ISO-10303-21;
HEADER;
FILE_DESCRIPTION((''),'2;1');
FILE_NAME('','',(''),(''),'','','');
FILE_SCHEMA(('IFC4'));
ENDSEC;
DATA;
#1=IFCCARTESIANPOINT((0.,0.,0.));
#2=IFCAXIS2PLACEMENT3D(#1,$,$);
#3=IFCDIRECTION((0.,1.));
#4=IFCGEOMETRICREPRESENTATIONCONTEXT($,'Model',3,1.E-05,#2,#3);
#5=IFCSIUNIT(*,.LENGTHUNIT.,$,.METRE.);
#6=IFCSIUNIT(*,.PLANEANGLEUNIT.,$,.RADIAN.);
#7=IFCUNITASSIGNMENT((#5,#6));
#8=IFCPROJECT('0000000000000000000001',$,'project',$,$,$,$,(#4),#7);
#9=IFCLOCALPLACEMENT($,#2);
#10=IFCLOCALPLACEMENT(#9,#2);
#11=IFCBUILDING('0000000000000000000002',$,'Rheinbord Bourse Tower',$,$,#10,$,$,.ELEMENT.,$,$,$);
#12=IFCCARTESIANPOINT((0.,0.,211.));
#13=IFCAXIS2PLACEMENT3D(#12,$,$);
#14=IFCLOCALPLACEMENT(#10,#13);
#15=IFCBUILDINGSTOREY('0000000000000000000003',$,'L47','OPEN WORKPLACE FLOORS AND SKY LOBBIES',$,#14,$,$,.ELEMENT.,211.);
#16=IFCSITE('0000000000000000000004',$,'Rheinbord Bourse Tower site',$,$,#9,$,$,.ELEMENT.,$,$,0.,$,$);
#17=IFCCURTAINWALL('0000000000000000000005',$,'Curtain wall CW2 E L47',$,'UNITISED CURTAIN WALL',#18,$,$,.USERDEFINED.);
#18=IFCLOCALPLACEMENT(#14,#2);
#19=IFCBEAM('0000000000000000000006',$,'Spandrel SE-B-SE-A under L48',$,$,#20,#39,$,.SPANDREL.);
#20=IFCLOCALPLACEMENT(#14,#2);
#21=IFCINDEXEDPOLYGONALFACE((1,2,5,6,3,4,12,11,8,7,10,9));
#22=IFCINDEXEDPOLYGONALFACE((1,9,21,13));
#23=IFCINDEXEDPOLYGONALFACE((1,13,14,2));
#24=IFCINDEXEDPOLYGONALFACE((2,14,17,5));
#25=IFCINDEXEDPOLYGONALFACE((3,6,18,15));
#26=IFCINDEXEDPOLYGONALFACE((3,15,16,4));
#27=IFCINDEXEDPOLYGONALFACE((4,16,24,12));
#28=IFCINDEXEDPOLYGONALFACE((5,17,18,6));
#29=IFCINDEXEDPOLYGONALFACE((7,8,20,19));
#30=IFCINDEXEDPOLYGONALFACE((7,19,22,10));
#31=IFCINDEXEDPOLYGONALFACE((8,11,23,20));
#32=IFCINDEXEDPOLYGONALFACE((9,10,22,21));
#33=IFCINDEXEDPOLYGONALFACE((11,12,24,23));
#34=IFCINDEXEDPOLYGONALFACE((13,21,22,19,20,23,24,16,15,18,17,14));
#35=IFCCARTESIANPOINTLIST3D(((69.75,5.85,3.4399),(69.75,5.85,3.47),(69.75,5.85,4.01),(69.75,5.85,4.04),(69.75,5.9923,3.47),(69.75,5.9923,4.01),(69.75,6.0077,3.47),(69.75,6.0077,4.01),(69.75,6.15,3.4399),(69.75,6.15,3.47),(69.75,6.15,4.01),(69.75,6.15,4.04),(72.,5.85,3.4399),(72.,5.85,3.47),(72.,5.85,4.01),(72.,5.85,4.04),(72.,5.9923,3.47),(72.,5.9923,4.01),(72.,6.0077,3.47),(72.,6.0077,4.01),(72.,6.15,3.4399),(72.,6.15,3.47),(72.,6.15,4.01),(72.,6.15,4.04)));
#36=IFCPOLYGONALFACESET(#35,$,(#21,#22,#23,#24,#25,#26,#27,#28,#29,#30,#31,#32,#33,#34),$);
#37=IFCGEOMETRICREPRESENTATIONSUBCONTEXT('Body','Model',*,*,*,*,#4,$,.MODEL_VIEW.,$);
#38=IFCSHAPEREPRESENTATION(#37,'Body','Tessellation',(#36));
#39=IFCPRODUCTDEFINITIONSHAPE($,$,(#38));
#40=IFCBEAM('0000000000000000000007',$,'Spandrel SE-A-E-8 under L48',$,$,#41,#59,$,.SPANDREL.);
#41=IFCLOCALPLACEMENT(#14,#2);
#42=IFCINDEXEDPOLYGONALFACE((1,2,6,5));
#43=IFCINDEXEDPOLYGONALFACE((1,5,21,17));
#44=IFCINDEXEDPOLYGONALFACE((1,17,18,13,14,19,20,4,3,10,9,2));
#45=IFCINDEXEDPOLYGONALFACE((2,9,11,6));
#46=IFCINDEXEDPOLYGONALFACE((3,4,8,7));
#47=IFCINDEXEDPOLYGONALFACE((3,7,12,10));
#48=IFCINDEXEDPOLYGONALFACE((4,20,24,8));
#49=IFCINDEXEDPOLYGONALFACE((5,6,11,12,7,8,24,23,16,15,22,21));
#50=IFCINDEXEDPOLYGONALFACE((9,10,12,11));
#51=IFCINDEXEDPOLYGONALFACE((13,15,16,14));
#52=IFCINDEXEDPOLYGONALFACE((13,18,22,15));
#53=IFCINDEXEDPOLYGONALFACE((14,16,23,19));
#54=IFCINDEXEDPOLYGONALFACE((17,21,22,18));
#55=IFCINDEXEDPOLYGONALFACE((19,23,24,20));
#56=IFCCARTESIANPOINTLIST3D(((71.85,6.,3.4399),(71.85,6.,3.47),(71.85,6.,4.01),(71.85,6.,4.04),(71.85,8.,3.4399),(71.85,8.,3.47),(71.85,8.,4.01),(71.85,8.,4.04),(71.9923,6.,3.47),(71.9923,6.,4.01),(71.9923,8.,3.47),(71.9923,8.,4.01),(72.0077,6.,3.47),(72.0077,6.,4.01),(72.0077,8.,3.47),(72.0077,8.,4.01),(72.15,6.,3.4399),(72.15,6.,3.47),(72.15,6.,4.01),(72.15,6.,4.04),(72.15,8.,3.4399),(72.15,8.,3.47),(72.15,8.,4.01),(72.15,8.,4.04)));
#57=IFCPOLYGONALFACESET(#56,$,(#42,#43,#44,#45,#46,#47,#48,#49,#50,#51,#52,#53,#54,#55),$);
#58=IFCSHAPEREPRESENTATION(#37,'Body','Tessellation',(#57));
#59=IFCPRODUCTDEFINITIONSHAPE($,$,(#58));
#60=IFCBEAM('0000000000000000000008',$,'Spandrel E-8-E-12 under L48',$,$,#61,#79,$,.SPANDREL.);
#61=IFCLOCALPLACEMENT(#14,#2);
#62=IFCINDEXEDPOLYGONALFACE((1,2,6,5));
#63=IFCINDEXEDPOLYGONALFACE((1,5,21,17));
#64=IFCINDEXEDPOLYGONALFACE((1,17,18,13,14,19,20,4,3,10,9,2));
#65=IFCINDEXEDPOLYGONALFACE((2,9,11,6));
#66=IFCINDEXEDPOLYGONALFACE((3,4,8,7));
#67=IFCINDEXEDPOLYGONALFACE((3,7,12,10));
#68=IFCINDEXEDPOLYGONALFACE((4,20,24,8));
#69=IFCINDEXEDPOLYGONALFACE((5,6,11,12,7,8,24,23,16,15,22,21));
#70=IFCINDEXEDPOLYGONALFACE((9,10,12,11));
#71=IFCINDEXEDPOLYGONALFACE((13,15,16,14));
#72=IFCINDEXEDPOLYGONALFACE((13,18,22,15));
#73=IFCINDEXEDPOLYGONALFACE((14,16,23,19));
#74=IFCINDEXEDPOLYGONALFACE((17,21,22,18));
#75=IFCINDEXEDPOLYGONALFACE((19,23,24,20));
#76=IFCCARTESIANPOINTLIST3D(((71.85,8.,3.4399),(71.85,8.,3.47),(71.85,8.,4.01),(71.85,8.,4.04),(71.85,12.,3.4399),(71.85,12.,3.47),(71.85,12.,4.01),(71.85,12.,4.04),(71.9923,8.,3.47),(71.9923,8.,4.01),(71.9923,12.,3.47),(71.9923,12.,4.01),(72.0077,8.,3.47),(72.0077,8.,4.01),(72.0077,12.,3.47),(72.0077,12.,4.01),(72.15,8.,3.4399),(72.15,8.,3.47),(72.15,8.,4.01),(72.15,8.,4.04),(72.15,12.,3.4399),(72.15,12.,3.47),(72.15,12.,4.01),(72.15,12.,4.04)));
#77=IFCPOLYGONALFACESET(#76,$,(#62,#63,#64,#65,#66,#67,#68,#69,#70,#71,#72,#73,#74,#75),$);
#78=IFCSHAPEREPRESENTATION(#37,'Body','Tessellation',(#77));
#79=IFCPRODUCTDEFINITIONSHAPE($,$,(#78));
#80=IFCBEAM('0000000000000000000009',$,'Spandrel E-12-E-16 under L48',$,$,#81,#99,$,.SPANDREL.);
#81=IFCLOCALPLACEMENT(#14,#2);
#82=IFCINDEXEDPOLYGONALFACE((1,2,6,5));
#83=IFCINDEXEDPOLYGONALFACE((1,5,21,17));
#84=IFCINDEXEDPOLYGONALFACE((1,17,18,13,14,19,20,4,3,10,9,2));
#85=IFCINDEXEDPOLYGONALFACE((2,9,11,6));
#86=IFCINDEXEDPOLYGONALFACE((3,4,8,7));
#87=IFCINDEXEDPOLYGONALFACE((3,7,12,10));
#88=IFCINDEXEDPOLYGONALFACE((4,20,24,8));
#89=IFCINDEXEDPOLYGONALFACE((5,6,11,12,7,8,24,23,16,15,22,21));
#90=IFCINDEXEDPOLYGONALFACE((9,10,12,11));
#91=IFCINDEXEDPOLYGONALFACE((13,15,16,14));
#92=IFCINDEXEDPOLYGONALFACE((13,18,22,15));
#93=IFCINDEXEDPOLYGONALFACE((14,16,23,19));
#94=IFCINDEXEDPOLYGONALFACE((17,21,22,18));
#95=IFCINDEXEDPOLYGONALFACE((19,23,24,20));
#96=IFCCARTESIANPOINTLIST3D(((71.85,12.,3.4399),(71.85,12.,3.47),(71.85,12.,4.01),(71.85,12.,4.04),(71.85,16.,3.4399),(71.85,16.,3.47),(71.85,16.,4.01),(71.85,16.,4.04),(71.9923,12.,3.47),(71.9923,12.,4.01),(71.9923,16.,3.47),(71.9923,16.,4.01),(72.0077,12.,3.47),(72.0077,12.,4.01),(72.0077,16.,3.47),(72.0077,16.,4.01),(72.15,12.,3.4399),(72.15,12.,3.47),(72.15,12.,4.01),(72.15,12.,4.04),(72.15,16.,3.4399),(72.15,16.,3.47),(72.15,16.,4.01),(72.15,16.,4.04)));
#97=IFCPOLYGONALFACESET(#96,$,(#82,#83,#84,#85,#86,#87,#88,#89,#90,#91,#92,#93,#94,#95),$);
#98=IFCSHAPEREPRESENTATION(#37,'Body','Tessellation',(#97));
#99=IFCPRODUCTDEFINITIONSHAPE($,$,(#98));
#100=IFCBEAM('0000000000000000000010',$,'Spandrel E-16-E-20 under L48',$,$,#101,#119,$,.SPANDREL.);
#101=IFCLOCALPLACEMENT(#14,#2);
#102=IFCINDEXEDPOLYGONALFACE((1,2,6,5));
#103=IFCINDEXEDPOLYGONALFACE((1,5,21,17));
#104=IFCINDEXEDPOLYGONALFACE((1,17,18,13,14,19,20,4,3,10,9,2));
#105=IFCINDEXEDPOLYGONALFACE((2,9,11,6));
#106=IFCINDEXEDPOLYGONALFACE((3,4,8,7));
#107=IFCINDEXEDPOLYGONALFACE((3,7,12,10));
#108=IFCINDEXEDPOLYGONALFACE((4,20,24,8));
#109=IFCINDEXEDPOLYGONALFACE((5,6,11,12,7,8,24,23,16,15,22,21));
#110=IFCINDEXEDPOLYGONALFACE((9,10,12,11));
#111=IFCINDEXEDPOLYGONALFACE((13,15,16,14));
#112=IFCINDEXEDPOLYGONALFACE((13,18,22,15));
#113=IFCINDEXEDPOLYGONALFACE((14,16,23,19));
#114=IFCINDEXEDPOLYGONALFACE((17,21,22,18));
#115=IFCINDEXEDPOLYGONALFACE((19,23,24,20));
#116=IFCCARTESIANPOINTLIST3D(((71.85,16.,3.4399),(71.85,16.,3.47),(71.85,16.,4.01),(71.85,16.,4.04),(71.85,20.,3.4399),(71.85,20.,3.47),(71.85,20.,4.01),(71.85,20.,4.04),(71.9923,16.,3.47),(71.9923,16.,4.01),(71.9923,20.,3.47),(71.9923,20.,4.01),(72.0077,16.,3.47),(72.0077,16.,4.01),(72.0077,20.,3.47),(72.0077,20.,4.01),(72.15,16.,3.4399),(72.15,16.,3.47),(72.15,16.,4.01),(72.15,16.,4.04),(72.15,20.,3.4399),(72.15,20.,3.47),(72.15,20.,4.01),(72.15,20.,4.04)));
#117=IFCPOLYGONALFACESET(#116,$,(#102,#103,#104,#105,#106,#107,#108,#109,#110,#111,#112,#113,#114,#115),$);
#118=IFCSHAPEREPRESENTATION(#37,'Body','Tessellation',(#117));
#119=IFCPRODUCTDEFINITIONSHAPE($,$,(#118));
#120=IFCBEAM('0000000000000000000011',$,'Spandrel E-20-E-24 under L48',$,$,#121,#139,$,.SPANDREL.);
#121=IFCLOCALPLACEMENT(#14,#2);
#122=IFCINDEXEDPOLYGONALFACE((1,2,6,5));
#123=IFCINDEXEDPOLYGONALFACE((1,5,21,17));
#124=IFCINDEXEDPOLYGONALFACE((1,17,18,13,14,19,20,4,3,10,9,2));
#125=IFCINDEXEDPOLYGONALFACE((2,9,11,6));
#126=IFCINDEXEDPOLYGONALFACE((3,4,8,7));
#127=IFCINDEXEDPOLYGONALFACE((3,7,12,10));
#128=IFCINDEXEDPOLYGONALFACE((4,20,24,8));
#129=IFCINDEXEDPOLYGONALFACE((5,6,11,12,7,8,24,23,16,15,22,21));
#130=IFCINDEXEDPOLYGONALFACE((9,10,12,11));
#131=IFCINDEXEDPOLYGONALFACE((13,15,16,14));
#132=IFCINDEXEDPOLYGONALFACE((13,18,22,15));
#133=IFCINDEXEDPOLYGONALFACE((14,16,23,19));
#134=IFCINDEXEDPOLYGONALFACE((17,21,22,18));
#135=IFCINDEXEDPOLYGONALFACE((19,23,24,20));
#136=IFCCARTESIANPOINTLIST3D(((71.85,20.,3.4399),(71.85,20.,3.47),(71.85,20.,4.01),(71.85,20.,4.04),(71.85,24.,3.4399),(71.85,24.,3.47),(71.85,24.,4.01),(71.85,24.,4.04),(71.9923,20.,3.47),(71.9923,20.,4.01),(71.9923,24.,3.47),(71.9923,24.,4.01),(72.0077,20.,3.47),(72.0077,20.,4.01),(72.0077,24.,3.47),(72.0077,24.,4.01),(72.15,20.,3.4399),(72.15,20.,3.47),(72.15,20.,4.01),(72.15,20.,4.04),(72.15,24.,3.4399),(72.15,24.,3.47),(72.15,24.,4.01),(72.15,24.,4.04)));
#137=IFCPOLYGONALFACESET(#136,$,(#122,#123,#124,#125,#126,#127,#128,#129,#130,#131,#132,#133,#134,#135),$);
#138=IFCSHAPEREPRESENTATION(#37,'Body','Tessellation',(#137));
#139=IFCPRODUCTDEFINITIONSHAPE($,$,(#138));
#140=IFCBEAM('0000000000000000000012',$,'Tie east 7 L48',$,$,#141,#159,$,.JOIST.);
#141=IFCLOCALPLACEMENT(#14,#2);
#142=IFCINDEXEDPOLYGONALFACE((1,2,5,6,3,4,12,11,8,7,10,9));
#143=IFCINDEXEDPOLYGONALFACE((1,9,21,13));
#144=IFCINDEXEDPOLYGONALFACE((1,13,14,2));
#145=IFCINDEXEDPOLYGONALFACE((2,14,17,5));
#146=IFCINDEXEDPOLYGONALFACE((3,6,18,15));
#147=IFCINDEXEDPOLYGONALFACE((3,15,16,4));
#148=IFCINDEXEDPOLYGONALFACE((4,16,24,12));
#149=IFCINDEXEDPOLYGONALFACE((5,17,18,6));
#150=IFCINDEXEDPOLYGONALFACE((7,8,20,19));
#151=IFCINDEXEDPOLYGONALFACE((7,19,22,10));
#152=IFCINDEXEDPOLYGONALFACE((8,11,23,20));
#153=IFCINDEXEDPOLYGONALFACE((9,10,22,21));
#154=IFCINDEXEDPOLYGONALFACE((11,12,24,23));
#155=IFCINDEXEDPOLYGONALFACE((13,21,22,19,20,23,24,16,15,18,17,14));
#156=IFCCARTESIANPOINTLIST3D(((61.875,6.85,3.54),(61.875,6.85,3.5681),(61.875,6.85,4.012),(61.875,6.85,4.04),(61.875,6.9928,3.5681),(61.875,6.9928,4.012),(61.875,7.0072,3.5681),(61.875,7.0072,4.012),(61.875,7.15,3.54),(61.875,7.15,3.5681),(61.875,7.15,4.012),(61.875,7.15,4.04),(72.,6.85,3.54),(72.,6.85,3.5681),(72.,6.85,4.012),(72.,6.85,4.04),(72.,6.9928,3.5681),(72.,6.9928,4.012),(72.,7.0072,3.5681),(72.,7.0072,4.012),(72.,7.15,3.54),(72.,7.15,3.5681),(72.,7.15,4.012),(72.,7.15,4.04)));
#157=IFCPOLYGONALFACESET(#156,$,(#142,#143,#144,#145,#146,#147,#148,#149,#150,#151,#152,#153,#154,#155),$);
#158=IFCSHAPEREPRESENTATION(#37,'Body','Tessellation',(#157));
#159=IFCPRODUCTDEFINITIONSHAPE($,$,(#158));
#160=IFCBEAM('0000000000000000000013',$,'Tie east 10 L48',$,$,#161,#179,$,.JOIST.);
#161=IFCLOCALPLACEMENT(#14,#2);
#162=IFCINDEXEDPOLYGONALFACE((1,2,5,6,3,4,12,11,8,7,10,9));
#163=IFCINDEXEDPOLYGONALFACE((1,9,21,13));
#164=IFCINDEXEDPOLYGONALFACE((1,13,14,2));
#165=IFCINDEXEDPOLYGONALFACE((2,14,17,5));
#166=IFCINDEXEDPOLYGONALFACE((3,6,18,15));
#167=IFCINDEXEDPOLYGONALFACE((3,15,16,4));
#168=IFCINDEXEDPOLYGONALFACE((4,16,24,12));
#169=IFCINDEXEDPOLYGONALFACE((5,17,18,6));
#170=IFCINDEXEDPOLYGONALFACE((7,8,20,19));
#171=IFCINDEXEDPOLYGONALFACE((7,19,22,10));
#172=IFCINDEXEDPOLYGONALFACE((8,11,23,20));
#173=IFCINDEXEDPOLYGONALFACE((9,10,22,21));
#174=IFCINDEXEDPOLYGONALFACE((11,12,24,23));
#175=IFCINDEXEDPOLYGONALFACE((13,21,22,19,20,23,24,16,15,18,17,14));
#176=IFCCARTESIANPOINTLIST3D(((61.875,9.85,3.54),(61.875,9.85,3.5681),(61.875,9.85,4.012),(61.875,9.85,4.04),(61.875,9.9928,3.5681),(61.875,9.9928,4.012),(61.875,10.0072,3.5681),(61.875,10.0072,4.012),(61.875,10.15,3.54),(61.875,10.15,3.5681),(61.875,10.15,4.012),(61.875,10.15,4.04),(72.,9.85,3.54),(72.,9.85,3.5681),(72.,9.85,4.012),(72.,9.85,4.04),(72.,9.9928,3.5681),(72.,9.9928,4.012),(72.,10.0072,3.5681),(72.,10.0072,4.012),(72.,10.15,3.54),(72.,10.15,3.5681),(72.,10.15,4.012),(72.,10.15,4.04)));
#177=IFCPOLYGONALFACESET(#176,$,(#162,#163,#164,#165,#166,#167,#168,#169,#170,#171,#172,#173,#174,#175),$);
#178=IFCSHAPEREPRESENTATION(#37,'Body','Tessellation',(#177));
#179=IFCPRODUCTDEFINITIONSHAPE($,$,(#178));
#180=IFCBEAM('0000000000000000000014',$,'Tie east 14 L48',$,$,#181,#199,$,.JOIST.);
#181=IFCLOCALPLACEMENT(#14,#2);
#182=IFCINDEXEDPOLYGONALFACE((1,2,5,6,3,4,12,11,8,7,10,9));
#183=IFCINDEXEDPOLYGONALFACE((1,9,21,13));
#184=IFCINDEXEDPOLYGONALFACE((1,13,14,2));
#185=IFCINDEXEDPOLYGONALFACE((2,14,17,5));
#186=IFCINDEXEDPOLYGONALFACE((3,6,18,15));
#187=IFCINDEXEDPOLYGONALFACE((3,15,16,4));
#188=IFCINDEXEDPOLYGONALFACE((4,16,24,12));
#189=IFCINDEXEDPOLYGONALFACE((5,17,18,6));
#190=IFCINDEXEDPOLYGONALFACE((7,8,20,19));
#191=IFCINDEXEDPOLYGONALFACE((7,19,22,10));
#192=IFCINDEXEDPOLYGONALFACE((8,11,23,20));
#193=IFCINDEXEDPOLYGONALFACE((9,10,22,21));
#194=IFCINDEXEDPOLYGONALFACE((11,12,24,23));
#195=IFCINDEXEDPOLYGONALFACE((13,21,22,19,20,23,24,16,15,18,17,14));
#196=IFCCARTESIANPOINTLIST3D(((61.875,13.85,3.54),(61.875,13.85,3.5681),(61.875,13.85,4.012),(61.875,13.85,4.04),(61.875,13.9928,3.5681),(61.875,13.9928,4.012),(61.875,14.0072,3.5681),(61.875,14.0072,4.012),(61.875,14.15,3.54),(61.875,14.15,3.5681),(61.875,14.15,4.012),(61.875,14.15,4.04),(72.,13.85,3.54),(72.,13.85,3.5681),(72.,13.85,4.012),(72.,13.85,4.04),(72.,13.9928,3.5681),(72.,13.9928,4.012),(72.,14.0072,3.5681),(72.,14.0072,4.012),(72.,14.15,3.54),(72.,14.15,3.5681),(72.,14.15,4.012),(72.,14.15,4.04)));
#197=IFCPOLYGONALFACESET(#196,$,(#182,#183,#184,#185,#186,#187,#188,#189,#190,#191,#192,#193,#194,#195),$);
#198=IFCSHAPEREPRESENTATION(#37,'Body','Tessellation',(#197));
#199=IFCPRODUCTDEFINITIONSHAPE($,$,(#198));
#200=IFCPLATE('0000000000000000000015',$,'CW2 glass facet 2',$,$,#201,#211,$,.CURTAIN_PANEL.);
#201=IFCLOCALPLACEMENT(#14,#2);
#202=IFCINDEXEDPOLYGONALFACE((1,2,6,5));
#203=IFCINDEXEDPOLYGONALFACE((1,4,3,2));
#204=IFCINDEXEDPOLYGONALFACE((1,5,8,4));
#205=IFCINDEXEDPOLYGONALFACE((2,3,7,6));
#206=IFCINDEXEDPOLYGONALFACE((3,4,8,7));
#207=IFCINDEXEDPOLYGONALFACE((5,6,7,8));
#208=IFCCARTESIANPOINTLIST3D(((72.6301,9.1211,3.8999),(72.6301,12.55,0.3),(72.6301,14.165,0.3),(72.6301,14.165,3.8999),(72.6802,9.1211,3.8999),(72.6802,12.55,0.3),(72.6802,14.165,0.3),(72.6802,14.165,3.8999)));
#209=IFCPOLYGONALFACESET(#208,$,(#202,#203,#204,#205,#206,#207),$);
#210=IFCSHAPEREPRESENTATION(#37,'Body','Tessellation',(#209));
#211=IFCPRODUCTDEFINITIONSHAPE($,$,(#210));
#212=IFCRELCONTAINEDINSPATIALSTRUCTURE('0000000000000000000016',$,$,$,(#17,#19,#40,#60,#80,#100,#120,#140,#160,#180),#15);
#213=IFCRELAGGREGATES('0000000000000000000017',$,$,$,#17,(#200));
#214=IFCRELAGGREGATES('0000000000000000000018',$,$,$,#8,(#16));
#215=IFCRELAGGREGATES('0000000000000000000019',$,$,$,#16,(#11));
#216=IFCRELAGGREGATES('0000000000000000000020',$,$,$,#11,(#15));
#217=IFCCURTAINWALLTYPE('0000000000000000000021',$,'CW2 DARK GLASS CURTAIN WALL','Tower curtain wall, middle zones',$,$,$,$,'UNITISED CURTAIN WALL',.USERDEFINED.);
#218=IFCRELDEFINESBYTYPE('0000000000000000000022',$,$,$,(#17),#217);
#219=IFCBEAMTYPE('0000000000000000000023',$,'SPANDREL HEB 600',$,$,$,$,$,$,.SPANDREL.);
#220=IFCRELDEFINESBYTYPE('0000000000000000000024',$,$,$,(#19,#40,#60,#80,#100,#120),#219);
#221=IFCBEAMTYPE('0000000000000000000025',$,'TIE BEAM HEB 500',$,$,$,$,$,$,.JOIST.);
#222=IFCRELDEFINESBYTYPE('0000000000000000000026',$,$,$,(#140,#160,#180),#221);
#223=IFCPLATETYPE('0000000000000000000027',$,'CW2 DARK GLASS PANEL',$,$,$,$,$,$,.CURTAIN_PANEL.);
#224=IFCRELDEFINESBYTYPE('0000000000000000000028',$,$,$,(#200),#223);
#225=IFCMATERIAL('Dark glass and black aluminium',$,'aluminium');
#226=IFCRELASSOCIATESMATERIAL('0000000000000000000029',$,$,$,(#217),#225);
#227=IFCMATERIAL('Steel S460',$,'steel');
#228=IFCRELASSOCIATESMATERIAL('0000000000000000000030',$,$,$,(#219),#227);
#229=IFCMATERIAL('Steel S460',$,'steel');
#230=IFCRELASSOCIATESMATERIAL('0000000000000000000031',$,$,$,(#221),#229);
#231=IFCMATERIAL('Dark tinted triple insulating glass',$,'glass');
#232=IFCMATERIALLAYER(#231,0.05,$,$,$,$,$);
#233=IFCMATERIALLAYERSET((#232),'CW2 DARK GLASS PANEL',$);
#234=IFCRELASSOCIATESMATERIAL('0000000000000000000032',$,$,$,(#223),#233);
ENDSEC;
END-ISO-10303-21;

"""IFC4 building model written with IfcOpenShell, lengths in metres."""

from ifc_helpers import new_model, si_unit, direction, frame, origin, origin_2d, place, context, subcontext, project, spatial, polyline, i_section, outline, extrude, material, layer, layer_set, material_profile, profile_set, type_object, element, aggregate, save


model = new_model("IFC4")

# Units and contexts
model_context = context("Model", 3, precision=1e-05, world=origin(), true_north=direction((0.0, 1.0)))
body_context = subcontext(model_context, "Body", "Model", "MODEL_VIEW")
ifc_project = project(units=[si_unit("LENGTHUNIT", "METRE"), si_unit("PLANEANGLEUNIT", "RADIAN")], contexts=[model_context])

# Site, building, storey
site_placement = place(None, origin())
site = spatial("IfcSite", under=ifc_project, at=site_placement, Name="Rheinbord Bourse Tower site", CompositionType="ELEMENT", RefElevation=0.0)
building_placement = place(site_placement, origin())
building = spatial("IfcBuilding", under=site, at=building_placement, Name="Rheinbord Bourse Tower", CompositionType="ELEMENT")
storey_placement = place(building_placement, frame((0.0, 0.0, 211.0)))
storey = spatial("IfcBuildingStorey", under=building, at=storey_placement, Name="L47", Description="OPEN WORKPLACE FLOORS AND SKY LOBBIES", CompositionType="ELEMENT", Elevation=211.0)

# Curtain wall
ifc_material_1 = material(Name="Dark glass and black aluminium", Category="aluminium")
curtain_wall_type = type_object("IfcCurtainWallType", Name="CW2 DARK GLASS CURTAIN WALL", Description="Tower curtain wall, middle zones", ElementType="UNITISED CURTAIN WALL", PredefinedType="USERDEFINED", material=ifc_material_1)
curtain_wall_placement = place(storey_placement, origin())
curtain_wall = element("IfcCurtainWall", 1, at=curtain_wall_placement, inside=storey, type_object=curtain_wall_type, Name="Curtain wall CW2 E L47", ObjectType="UNITISED CURTAIN WALL", PredefinedType="USERDEFINED")

# Beams
ifc_material_2 = material(Name="Steel S460", Category="steel")
ifc_material_profile_1 = material_profile(ifc_material_2, i_section(OverallWidth=0.3, OverallDepth=0.6001, WebThickness=0.0154, FlangeThickness=0.03, at=origin_2d()), Name="HEB 600")
ifc_profile_set_1 = profile_set([ifc_material_profile_1], Name="Steel S460")
beam_type_1 = type_object("IfcBeamType", Name="SPANDREL HEB 600", PredefinedType="SPANDREL", material=ifc_profile_set_1)
beam_1_placement = place(storey_placement, frame((69.75, 6.0, 3.74), z_axis=(1.0, 0.0, 0.0), x_axis=(0.0, 1.0, 0.0)))
element("IfcBeam", 2, at=beam_1_placement, inside=storey, type_object=beam_type_1, Name="Spandrel SE-B-SE-A under L48", PredefinedType="SPANDREL", context=body_context, shape_type="SweptSolid", body=[
    extrude(i_section(OverallWidth=0.3, OverallDepth=0.6001, WebThickness=0.0154, FlangeThickness=0.03, at=origin_2d()), origin(), (0.0, 0.0, 1.0), 2.25),
])
beam_2_placement = place(storey_placement, frame((72.0, 6.0, 3.74), z_axis=(0.0, 1.0, 0.0), x_axis=(-1.0, 0.0, 0.0)))
element("IfcBeam", 3, at=beam_2_placement, inside=storey, type_object=beam_type_1, Name="Spandrel SE-A-E-8 under L48", PredefinedType="SPANDREL", context=body_context, shape_type="SweptSolid", body=[
    extrude(i_section(OverallWidth=0.3, OverallDepth=0.6001, WebThickness=0.0154, FlangeThickness=0.03, at=origin_2d()), origin(), (0.0, 0.0, 1.0), 2.0),
])
for number, where, z_axis, x_axis, name in (
    (4, (72.0, 8.0, 3.74), (0.0, 1.0, 0.0), (-1.0, 0.0, 0.0), "Spandrel E-8-E-12 under L48"),
    (5, (72.0, 12.0, 3.74), (0.0, 1.0, 0.0), (-1.0, 0.0, 0.0), "Spandrel E-12-E-16 under L48"),
    (6, (72.0, 16.0, 3.74), (0.0, 1.0, 0.0), (-1.0, 0.0, 0.0), "Spandrel E-16-E-20 under L48"),
    (7, (72.0, 20.0, 3.74), (0.0, 1.0, 0.0), (-1.0, 0.0, 0.0), "Spandrel E-20-E-24 under L48"),
):
    element("IfcBeam", number, at=place(storey_placement, frame(where, z_axis=z_axis, x_axis=x_axis)), inside=storey, type_object=beam_type_1, Name=name, PredefinedType="SPANDREL", context=body_context, shape_type="SweptSolid", body=[
        extrude(i_section(OverallWidth=0.3, OverallDepth=0.6001, WebThickness=0.0154, FlangeThickness=0.03, at=origin_2d()), origin(), (0.0, 0.0, 1.0), 4.0),
    ])
ifc_material_3 = material(Name="Steel S460", Category="steel")
ifc_material_profile_2 = material_profile(ifc_material_3, i_section(OverallWidth=0.3, OverallDepth=0.5, WebThickness=0.0144, FlangeThickness=0.0281, at=origin_2d()), Name="HEB 500")
ifc_profile_set_2 = profile_set([ifc_material_profile_2], Name="Steel S460")
beam_type_2 = type_object("IfcBeamType", Name="TIE BEAM HEB 500", PredefinedType="JOIST", material=ifc_profile_set_2)
for number, where, z_axis, x_axis, name in (
    (8, (61.875, 7.0, 3.79), (1.0, 0.0, 0.0), (0.0, 1.0, 0.0), "Tie east 7 L48"),
    (9, (61.875, 10.0, 3.79), (1.0, 0.0, 0.0), (0.0, 1.0, 0.0), "Tie east 10 L48"),
    (10, (61.875, 14.0, 3.79), (1.0, 0.0, 0.0), (0.0, 1.0, 0.0), "Tie east 14 L48"),
):
    element("IfcBeam", number, at=place(storey_placement, frame(where, z_axis=z_axis, x_axis=x_axis)), inside=storey, type_object=beam_type_2, Name=name, PredefinedType="JOIST", context=body_context, shape_type="SweptSolid", body=[
        extrude(i_section(OverallWidth=0.3, OverallDepth=0.5, WebThickness=0.0144, FlangeThickness=0.0281, at=origin_2d()), origin(), (0.0, 0.0, 1.0), 10.125),
    ])

# Plate
ifc_material_4 = material(Name="Dark tinted triple insulating glass", Category="glass")
ifc_layer_1 = layer(ifc_material_4, 0.05)
ifc_layer_set_1 = layer_set([ifc_layer_1], Name="CW2 DARK GLASS PANEL")
plate_type = type_object("IfcPlateType", Name="CW2 DARK GLASS PANEL", PredefinedType="CURTAIN_PANEL", material=ifc_layer_set_1)
plate_1_placement = place(storey_placement, frame((72.6802, 14.165, 3.8999), z_axis=(-1.0, 0.0, 0.0), x_axis=(0.0, 0.0, -1.0)))
plate_1 = element("IfcPlate", 11, at=plate_1_placement, type_object=plate_type, Name="CW2 glass facet 2", PredefinedType="CURTAIN_PANEL", context=body_context, shape_type="SweptSolid", body=[
    extrude(outline(polyline([(0.0, 0.0), (3.5999, 0.0), (3.5999, 1.615), (0.0, 5.0439), (0.0, 0.0)])), origin(), (0.0, 0.0, 1.0), 0.05),
])
aggregate(curtain_wall, [plate_1])

save(model, "model.ifc")
